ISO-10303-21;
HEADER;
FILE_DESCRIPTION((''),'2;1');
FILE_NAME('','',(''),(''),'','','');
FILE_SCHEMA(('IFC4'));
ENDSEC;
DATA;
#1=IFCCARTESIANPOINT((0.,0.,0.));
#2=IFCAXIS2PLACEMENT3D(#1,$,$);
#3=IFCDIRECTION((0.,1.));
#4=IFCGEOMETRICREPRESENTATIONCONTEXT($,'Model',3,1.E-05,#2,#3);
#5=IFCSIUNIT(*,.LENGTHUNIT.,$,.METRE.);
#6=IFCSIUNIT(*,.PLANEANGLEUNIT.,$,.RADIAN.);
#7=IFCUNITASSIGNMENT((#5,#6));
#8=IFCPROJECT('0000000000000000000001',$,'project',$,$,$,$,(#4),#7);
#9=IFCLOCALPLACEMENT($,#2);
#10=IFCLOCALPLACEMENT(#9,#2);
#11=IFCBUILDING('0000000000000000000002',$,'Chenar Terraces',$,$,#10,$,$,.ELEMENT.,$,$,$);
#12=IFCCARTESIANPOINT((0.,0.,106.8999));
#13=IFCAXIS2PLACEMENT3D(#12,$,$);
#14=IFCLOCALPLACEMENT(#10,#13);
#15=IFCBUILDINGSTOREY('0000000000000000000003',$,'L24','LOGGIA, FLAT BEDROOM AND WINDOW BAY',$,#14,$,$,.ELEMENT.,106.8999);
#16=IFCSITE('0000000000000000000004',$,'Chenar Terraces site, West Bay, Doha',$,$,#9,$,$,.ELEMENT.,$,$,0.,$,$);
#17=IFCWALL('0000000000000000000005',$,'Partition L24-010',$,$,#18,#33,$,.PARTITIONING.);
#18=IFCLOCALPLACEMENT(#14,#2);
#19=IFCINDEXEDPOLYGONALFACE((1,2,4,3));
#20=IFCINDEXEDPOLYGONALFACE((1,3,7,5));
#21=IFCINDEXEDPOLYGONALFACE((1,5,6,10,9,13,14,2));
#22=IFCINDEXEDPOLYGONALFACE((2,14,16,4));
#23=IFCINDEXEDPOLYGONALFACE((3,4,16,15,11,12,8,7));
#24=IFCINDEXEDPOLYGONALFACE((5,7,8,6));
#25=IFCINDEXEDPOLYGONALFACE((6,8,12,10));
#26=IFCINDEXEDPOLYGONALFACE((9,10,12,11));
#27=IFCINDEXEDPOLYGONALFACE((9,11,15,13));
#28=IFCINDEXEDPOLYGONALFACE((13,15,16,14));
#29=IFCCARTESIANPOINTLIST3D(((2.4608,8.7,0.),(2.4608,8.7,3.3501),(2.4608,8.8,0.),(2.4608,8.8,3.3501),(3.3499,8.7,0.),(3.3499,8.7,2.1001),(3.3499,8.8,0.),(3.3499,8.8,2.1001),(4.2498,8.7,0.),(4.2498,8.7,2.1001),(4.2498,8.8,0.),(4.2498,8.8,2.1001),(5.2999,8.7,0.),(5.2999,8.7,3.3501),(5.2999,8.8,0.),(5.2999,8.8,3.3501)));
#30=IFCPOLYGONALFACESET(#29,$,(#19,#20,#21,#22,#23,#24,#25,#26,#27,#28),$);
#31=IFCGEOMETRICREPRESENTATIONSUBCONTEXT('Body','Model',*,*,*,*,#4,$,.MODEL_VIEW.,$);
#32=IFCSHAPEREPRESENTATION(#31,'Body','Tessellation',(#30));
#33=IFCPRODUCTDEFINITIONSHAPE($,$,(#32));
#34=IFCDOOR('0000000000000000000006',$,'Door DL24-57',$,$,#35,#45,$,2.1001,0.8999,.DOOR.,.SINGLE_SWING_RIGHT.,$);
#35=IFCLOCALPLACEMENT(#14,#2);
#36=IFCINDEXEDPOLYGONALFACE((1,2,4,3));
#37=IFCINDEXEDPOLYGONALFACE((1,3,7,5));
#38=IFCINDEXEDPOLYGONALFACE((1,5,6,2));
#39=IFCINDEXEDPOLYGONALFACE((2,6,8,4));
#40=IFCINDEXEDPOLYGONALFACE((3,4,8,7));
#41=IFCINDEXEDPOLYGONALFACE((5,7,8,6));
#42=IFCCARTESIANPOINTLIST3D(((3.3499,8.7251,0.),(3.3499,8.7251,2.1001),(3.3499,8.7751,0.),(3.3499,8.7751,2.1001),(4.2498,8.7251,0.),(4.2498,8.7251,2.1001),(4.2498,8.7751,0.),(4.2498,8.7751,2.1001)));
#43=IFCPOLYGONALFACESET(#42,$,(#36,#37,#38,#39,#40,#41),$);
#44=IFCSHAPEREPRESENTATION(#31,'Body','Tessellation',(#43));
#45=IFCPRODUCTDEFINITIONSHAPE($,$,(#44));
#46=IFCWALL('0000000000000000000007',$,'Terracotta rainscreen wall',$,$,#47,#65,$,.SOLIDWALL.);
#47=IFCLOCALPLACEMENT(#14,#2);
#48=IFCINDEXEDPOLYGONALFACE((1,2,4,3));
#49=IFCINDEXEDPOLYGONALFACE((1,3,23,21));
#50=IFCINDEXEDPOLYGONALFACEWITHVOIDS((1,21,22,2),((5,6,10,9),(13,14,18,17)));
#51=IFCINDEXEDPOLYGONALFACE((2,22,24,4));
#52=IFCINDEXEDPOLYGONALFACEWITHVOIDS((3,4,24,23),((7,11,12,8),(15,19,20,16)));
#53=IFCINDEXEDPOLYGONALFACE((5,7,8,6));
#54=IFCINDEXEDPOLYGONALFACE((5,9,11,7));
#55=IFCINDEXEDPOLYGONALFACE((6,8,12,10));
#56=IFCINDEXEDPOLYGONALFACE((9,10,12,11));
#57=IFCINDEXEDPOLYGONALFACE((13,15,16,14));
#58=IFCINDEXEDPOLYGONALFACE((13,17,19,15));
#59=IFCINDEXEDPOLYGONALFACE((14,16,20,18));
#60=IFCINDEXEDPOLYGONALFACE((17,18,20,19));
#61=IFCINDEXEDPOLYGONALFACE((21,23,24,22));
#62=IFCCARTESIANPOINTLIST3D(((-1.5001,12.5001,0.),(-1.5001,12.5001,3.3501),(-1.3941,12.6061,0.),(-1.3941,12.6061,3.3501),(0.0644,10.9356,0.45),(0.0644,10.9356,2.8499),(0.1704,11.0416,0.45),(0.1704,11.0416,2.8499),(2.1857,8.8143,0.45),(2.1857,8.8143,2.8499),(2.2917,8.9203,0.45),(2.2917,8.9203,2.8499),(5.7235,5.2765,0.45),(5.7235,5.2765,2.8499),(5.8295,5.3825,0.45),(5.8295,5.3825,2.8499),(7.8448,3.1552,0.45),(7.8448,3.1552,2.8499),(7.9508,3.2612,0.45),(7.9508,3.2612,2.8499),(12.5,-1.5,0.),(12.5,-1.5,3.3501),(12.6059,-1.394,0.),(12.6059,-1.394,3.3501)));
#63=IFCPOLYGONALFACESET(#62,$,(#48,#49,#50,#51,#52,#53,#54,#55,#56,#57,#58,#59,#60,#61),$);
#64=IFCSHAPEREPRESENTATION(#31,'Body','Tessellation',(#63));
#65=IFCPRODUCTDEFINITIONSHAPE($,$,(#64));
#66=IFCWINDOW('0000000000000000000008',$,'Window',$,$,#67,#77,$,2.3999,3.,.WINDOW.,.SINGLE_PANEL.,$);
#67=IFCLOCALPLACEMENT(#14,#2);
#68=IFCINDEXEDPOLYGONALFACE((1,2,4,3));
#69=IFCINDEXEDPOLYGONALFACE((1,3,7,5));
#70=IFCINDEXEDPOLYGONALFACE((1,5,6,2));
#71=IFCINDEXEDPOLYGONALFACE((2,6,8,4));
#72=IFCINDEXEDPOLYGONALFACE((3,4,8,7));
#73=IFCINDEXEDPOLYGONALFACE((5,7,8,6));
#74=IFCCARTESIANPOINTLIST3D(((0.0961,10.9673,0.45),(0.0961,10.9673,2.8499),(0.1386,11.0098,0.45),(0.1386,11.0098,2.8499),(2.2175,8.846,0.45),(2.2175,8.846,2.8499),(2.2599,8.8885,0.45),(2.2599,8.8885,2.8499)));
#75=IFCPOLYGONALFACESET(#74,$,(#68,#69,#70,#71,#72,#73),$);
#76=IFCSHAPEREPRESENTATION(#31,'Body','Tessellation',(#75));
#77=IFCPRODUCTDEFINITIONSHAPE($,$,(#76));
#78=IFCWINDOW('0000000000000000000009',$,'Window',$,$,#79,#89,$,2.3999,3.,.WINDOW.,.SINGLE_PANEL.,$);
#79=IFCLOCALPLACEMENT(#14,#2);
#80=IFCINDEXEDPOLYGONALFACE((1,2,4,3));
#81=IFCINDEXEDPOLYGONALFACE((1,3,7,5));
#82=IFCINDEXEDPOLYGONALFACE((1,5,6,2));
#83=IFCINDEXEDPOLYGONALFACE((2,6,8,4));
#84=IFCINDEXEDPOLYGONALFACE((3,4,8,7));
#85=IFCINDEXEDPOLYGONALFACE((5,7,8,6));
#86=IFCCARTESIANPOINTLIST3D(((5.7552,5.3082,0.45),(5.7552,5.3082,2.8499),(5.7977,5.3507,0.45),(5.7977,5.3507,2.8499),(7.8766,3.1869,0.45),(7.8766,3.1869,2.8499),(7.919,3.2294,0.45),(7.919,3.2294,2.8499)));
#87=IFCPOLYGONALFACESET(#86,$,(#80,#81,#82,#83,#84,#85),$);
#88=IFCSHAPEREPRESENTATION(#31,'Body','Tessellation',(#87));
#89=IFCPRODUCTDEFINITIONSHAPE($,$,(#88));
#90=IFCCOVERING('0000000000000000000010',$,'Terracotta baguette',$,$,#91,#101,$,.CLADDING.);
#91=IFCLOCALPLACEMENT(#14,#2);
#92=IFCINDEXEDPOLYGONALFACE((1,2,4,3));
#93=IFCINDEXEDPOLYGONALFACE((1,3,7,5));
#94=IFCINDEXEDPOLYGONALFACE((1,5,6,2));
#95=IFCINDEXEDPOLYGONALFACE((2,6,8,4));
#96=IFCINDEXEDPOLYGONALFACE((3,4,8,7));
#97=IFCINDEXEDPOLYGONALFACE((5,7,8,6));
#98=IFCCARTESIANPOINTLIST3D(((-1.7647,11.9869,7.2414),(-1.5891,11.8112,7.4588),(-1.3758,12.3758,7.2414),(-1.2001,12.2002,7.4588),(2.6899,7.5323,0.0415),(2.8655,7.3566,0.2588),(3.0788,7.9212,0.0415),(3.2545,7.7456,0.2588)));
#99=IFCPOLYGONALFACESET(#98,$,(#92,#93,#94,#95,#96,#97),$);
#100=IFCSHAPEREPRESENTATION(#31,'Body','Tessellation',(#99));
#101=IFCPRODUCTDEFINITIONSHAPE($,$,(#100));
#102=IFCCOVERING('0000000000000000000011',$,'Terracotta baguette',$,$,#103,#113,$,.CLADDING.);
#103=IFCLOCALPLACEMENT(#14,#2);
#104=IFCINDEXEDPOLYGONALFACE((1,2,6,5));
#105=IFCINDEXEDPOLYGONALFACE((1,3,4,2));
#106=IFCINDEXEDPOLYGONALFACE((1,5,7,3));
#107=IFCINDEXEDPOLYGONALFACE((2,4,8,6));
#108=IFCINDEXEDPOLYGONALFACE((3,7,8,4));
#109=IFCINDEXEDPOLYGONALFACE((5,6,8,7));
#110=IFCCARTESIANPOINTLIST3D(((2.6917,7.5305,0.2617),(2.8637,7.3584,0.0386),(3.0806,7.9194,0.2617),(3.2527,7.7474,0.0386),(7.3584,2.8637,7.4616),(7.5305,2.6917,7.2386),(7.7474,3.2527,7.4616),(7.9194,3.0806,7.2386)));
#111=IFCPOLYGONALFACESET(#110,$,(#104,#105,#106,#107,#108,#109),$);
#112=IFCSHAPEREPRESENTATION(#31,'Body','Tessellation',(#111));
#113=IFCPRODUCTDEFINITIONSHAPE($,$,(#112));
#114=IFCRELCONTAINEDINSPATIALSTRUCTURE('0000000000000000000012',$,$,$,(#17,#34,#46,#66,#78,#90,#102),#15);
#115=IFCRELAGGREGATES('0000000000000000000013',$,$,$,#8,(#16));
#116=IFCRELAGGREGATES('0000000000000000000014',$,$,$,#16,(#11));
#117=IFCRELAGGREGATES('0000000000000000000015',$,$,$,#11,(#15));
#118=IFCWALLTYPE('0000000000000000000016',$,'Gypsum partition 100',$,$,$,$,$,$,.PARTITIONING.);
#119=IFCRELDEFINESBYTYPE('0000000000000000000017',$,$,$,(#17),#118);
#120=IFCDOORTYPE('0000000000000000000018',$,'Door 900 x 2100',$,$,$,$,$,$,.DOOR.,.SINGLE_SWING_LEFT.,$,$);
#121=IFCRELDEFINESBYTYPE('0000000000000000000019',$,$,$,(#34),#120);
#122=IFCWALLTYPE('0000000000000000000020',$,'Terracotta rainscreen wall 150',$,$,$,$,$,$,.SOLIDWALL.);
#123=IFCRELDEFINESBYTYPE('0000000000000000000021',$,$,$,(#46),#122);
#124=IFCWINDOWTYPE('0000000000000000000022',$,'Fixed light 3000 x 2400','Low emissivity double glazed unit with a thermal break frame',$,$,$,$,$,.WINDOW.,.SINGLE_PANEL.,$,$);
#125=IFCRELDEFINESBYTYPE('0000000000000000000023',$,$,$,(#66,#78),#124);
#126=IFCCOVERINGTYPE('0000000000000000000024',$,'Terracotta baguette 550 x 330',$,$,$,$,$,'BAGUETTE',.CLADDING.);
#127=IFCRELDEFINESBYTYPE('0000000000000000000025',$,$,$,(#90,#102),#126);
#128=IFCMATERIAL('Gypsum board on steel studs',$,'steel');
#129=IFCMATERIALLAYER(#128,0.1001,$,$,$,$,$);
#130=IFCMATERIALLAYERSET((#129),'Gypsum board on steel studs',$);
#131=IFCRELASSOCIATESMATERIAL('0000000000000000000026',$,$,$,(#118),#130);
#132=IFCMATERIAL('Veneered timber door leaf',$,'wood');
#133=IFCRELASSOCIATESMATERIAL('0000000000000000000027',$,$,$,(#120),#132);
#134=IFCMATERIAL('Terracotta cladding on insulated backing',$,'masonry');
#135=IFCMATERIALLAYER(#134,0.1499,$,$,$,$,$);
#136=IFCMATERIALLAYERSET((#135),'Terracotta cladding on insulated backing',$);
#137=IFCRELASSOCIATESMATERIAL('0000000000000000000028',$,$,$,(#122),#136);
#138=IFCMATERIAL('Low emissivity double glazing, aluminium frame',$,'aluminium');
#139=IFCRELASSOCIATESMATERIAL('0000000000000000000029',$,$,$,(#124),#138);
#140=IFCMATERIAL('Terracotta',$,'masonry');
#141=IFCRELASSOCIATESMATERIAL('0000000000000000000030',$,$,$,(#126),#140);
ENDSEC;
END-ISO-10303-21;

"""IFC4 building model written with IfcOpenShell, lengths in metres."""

from ifc_helpers import new_model, si_unit, direction, frame, frame_2d, origin, origin_2d, place, context, subcontext, project, spatial, rectangle, extrude, material, layer, layer_set, material_profile, profile_set, type_object, element, fill, save


model = new_model("IFC4")

# Units and contexts
model_context = context("Model", 3, precision=1e-05, world=origin(), true_north=direction((0.0, 1.0)))
body_context = subcontext(model_context, "Body", "Model", "MODEL_VIEW")
ifc_project = project(units=[si_unit("LENGTHUNIT", "METRE"), si_unit("PLANEANGLEUNIT", "RADIAN")], contexts=[model_context])

# Site, building, storey
site_placement = place(None, origin())
site = spatial("IfcSite", under=ifc_project, at=site_placement, Name="Chenar Terraces site, West Bay, Doha", CompositionType="ELEMENT", RefElevation=0.0)
building_placement = place(site_placement, origin())
building = spatial("IfcBuilding", under=site, at=building_placement, Name="Chenar Terraces", CompositionType="ELEMENT")
storey_placement = place(building_placement, frame((0.0, 0.0, 106.8999)))
storey = spatial("IfcBuildingStorey", under=building, at=storey_placement, Name="L24", Description="LOGGIA, FLAT BEDROOM AND WINDOW BAY", CompositionType="ELEMENT", Elevation=106.8999)

# Wall, opening, door
ifc_material_1 = material(Name="Gypsum board on steel studs", Category="steel")
ifc_layer_1 = layer(ifc_material_1, 0.1001)
ifc_layer_set_1 = layer_set([ifc_layer_1], Name="Gypsum board on steel studs")
wall_type_1 = type_object("IfcWallType", Name="Gypsum partition 100", PredefinedType="PARTITIONING", material=ifc_layer_set_1)
wall_1_placement = place(storey_placement, frame((2.4609, 8.75, 0.0), z_axis=(0.0, 0.0, 1.0), x_axis=(1.0, 0.0, 0.0)))
wall_1 = element("IfcWall", 1, at=wall_1_placement, inside=storey, type_object=wall_type_1, Name="Partition L24-010", PredefinedType="PARTITIONING", context=body_context, shape_type="SweptSolid", body=[
    extrude(rectangle(XDim=2.8391, YDim=0.1001, at=frame_2d((1.4194, 0.0))), origin(), (0.0, 0.0, 1.0), 3.3501),
])
opening_1_placement = place(wall_1_placement, frame((0.8889, 0.0, 0.0)))
opening_1 = element("IfcOpeningElement", 2, at=opening_1_placement, cuts=wall_1, PredefinedType="OPENING", context=body_context, shape_type="SweptSolid", body=[
    extrude(rectangle(XDim=0.8999, YDim=2.1001, at=frame_2d((0.45, 1.05))), frame((0.0, 0.0601, 0.0), z_axis=(0.0, -1.0, 0.0), x_axis=(1.0, 0.0, 0.0)), (0.0, 0.0, 1.0), 0.1201),
])
ifc_material_2 = material(Name="Veneered timber door leaf", Category="wood")
door_type_1 = type_object("IfcDoorType", Name="Door 900 x 2100", OperationType="SINGLE_SWING_LEFT", PredefinedType="DOOR", material=ifc_material_2)
door_1_placement = place(opening_1_placement, frame((0.8999, 0.0, 0.0), z_axis=(0.0, 0.0, 1.0), x_axis=(-1.0, 0.0, 0.0)))
door_1 = element("IfcDoor", 3, at=door_1_placement, inside=storey, type_object=door_type_1, Name="Door DL24-57", OperationType="SINGLE_SWING_RIGHT", OverallHeight=2.1001, OverallWidth=0.8999, PredefinedType="DOOR", context=body_context, shape_type="SweptSolid", body=[
    extrude(rectangle(XDim=0.8999, YDim=2.1001, at=frame_2d((0.45, 1.05))), frame((0.0, 0.0249, 0.0), z_axis=(0.0, -1.0, 0.0), x_axis=(1.0, 0.0, 0.0)), (0.0, 0.0, 1.0), 0.05),
])
fill(opening_1, door_1)

# Wall, openings, windows
ifc_material_3 = material(Name="Terracotta cladding on insulated backing", Category="masonry")
ifc_layer_2 = layer(ifc_material_3, 0.1499)
ifc_layer_set_2 = layer_set([ifc_layer_2], Name="Terracotta cladding on insulated backing")
wall_type_2 = type_object("IfcWallType", Name="Terracotta rainscreen wall 150", PredefinedType="SOLIDWALL", material=ifc_layer_set_2)
wall_2_placement = place(storey_placement, frame((-1.447, 12.553, 0.0), z_axis=(0.0, 0.0, 1.0), x_axis=(0.707107, -0.707107, 0.0)))
wall_2 = element("IfcWall", 4, at=wall_2_placement, inside=storey, type_object=wall_type_2, Name="Terracotta rainscreen wall", PredefinedType="SOLIDWALL", context=body_context, shape_type="SweptSolid", body=[
    extrude(rectangle(XDim=19.7991, YDim=0.1499, at=frame_2d((9.8994, 0.0))), origin(), (0.0, 0.0, 1.0), 3.3501),
])
opening_2_placement = place(wall_2_placement, frame((2.2124, 0.0, 0.45)))
opening_2 = element("IfcOpeningElement", 5, at=opening_2_placement, cuts=wall_2, PredefinedType="OPENING", context=body_context, shape_type="SweptSolid", body=[
    extrude(rectangle(XDim=3.0, YDim=2.3999, at=frame_2d((1.5, 1.2))), frame((0.0, 0.085, 0.0), z_axis=(0.0, -1.0, 0.0), x_axis=(1.0, 0.0, 0.0)), (0.0, 0.0, 1.0), 0.1699),
])
opening_3_placement = place(wall_2_placement, frame((10.2156, 0.0, 0.45)))
opening_3 = element("IfcOpeningElement", 6, at=opening_3_placement, cuts=wall_2, PredefinedType="OPENING", context=body_context, shape_type="SweptSolid", body=[
    extrude(rectangle(XDim=3.0, YDim=2.3999, at=frame_2d((1.5, 1.2))), frame((0.0, 0.085, 0.0), z_axis=(0.0, -1.0, 0.0), x_axis=(1.0, 0.0, 0.0)), (0.0, 0.0, 1.0), 0.1699),
])
ifc_material_4 = material(Name="Low emissivity double glazing, aluminium frame", Category="aluminium")
window_type = type_object("IfcWindowType", Name="Fixed light 3000 x 2400", Description="Low emissivity double glazed unit with a thermal break frame", PartitioningType="SINGLE_PANEL", PredefinedType="WINDOW", material=ifc_material_4)
window_1_placement = place(opening_2_placement, origin())
window_1 = element("IfcWindow", 7, at=window_1_placement, inside=storey, type_object=window_type, Name="Window", OverallHeight=2.3999, OverallWidth=3.0, PartitioningType="SINGLE_PANEL", PredefinedType="WINDOW", context=body_context, shape_type="SweptSolid", body=[
    extrude(rectangle(XDim=3.0, YDim=2.3999, at=frame_2d((1.5, 1.2))), frame((0.0, 0.03, 0.0), z_axis=(0.0, -1.0, 0.0), x_axis=(1.0, 0.0, 0.0)), (0.0, 0.0, 1.0), 0.0601),
])
fill(opening_2, window_1)
window_2_placement = place(opening_3_placement, origin())
window_2 = element("IfcWindow", 8, at=window_2_placement, inside=storey, type_object=window_type, Name="Window", OverallHeight=2.3999, OverallWidth=3.0, PartitioningType="SINGLE_PANEL", PredefinedType="WINDOW", context=body_context, shape_type="SweptSolid", body=[
    extrude(rectangle(XDim=3.0, YDim=2.3999, at=frame_2d((1.5, 1.2))), frame((0.0, 0.03, 0.0), z_axis=(0.0, -1.0, 0.0), x_axis=(1.0, 0.0, 0.0)), (0.0, 0.0, 1.0), 0.0601),
])
fill(opening_3, window_2)

# Coverings
ifc_material_5 = material(Name="Terracotta", Category="masonry")
ifc_material_profile = material_profile(ifc_material_5, rectangle(XDim=0.55, YDim=0.3301, at=origin_2d()), Name="Terracotta baguette 550 x 330")
ifc_profile_set = profile_set([ifc_material_profile], Name="Terracotta")
covering_type = type_object("IfcCoveringType", Name="Terracotta baguette 550 x 330", ElementType="BAGUETTE", PredefinedType="CLADDING", material=ifc_profile_set)
covering_1_placement = place(storey_placement, frame((-1.4824, 12.0935, 7.3501), z_axis=(0.465624, -0.465624, -0.752588), x_axis=(0.707107, 0.707107, 0.0)))
element("IfcCovering", 9, at=covering_1_placement, inside=storey, type_object=covering_type, Name="Terracotta baguette", PredefinedType="CLADDING", context=body_context, shape_type="SweptSolid", body=[
    extrude(rectangle(XDim=0.55, YDim=0.3301, at=origin_2d()), origin(), (0.0, 0.0, 1.0), 9.5669),
])
covering_2_placement = place(storey_placement, frame((2.9722, 7.6389, 0.1501), z_axis=(0.477803, -0.477803, 0.737163), x_axis=(0.707107, 0.707107, 0.0)))
element("IfcCovering", 10, at=covering_2_placement, inside=storey, type_object=covering_type, Name="Terracotta baguette", PredefinedType="CLADDING", context=body_context, shape_type="SweptSolid", body=[
    extrude(rectangle(XDim=0.55, YDim=0.3301, at=origin_2d()), origin(), (0.0, 0.0, 1.0), 9.7671),
])

save(model, "model.ifc")
